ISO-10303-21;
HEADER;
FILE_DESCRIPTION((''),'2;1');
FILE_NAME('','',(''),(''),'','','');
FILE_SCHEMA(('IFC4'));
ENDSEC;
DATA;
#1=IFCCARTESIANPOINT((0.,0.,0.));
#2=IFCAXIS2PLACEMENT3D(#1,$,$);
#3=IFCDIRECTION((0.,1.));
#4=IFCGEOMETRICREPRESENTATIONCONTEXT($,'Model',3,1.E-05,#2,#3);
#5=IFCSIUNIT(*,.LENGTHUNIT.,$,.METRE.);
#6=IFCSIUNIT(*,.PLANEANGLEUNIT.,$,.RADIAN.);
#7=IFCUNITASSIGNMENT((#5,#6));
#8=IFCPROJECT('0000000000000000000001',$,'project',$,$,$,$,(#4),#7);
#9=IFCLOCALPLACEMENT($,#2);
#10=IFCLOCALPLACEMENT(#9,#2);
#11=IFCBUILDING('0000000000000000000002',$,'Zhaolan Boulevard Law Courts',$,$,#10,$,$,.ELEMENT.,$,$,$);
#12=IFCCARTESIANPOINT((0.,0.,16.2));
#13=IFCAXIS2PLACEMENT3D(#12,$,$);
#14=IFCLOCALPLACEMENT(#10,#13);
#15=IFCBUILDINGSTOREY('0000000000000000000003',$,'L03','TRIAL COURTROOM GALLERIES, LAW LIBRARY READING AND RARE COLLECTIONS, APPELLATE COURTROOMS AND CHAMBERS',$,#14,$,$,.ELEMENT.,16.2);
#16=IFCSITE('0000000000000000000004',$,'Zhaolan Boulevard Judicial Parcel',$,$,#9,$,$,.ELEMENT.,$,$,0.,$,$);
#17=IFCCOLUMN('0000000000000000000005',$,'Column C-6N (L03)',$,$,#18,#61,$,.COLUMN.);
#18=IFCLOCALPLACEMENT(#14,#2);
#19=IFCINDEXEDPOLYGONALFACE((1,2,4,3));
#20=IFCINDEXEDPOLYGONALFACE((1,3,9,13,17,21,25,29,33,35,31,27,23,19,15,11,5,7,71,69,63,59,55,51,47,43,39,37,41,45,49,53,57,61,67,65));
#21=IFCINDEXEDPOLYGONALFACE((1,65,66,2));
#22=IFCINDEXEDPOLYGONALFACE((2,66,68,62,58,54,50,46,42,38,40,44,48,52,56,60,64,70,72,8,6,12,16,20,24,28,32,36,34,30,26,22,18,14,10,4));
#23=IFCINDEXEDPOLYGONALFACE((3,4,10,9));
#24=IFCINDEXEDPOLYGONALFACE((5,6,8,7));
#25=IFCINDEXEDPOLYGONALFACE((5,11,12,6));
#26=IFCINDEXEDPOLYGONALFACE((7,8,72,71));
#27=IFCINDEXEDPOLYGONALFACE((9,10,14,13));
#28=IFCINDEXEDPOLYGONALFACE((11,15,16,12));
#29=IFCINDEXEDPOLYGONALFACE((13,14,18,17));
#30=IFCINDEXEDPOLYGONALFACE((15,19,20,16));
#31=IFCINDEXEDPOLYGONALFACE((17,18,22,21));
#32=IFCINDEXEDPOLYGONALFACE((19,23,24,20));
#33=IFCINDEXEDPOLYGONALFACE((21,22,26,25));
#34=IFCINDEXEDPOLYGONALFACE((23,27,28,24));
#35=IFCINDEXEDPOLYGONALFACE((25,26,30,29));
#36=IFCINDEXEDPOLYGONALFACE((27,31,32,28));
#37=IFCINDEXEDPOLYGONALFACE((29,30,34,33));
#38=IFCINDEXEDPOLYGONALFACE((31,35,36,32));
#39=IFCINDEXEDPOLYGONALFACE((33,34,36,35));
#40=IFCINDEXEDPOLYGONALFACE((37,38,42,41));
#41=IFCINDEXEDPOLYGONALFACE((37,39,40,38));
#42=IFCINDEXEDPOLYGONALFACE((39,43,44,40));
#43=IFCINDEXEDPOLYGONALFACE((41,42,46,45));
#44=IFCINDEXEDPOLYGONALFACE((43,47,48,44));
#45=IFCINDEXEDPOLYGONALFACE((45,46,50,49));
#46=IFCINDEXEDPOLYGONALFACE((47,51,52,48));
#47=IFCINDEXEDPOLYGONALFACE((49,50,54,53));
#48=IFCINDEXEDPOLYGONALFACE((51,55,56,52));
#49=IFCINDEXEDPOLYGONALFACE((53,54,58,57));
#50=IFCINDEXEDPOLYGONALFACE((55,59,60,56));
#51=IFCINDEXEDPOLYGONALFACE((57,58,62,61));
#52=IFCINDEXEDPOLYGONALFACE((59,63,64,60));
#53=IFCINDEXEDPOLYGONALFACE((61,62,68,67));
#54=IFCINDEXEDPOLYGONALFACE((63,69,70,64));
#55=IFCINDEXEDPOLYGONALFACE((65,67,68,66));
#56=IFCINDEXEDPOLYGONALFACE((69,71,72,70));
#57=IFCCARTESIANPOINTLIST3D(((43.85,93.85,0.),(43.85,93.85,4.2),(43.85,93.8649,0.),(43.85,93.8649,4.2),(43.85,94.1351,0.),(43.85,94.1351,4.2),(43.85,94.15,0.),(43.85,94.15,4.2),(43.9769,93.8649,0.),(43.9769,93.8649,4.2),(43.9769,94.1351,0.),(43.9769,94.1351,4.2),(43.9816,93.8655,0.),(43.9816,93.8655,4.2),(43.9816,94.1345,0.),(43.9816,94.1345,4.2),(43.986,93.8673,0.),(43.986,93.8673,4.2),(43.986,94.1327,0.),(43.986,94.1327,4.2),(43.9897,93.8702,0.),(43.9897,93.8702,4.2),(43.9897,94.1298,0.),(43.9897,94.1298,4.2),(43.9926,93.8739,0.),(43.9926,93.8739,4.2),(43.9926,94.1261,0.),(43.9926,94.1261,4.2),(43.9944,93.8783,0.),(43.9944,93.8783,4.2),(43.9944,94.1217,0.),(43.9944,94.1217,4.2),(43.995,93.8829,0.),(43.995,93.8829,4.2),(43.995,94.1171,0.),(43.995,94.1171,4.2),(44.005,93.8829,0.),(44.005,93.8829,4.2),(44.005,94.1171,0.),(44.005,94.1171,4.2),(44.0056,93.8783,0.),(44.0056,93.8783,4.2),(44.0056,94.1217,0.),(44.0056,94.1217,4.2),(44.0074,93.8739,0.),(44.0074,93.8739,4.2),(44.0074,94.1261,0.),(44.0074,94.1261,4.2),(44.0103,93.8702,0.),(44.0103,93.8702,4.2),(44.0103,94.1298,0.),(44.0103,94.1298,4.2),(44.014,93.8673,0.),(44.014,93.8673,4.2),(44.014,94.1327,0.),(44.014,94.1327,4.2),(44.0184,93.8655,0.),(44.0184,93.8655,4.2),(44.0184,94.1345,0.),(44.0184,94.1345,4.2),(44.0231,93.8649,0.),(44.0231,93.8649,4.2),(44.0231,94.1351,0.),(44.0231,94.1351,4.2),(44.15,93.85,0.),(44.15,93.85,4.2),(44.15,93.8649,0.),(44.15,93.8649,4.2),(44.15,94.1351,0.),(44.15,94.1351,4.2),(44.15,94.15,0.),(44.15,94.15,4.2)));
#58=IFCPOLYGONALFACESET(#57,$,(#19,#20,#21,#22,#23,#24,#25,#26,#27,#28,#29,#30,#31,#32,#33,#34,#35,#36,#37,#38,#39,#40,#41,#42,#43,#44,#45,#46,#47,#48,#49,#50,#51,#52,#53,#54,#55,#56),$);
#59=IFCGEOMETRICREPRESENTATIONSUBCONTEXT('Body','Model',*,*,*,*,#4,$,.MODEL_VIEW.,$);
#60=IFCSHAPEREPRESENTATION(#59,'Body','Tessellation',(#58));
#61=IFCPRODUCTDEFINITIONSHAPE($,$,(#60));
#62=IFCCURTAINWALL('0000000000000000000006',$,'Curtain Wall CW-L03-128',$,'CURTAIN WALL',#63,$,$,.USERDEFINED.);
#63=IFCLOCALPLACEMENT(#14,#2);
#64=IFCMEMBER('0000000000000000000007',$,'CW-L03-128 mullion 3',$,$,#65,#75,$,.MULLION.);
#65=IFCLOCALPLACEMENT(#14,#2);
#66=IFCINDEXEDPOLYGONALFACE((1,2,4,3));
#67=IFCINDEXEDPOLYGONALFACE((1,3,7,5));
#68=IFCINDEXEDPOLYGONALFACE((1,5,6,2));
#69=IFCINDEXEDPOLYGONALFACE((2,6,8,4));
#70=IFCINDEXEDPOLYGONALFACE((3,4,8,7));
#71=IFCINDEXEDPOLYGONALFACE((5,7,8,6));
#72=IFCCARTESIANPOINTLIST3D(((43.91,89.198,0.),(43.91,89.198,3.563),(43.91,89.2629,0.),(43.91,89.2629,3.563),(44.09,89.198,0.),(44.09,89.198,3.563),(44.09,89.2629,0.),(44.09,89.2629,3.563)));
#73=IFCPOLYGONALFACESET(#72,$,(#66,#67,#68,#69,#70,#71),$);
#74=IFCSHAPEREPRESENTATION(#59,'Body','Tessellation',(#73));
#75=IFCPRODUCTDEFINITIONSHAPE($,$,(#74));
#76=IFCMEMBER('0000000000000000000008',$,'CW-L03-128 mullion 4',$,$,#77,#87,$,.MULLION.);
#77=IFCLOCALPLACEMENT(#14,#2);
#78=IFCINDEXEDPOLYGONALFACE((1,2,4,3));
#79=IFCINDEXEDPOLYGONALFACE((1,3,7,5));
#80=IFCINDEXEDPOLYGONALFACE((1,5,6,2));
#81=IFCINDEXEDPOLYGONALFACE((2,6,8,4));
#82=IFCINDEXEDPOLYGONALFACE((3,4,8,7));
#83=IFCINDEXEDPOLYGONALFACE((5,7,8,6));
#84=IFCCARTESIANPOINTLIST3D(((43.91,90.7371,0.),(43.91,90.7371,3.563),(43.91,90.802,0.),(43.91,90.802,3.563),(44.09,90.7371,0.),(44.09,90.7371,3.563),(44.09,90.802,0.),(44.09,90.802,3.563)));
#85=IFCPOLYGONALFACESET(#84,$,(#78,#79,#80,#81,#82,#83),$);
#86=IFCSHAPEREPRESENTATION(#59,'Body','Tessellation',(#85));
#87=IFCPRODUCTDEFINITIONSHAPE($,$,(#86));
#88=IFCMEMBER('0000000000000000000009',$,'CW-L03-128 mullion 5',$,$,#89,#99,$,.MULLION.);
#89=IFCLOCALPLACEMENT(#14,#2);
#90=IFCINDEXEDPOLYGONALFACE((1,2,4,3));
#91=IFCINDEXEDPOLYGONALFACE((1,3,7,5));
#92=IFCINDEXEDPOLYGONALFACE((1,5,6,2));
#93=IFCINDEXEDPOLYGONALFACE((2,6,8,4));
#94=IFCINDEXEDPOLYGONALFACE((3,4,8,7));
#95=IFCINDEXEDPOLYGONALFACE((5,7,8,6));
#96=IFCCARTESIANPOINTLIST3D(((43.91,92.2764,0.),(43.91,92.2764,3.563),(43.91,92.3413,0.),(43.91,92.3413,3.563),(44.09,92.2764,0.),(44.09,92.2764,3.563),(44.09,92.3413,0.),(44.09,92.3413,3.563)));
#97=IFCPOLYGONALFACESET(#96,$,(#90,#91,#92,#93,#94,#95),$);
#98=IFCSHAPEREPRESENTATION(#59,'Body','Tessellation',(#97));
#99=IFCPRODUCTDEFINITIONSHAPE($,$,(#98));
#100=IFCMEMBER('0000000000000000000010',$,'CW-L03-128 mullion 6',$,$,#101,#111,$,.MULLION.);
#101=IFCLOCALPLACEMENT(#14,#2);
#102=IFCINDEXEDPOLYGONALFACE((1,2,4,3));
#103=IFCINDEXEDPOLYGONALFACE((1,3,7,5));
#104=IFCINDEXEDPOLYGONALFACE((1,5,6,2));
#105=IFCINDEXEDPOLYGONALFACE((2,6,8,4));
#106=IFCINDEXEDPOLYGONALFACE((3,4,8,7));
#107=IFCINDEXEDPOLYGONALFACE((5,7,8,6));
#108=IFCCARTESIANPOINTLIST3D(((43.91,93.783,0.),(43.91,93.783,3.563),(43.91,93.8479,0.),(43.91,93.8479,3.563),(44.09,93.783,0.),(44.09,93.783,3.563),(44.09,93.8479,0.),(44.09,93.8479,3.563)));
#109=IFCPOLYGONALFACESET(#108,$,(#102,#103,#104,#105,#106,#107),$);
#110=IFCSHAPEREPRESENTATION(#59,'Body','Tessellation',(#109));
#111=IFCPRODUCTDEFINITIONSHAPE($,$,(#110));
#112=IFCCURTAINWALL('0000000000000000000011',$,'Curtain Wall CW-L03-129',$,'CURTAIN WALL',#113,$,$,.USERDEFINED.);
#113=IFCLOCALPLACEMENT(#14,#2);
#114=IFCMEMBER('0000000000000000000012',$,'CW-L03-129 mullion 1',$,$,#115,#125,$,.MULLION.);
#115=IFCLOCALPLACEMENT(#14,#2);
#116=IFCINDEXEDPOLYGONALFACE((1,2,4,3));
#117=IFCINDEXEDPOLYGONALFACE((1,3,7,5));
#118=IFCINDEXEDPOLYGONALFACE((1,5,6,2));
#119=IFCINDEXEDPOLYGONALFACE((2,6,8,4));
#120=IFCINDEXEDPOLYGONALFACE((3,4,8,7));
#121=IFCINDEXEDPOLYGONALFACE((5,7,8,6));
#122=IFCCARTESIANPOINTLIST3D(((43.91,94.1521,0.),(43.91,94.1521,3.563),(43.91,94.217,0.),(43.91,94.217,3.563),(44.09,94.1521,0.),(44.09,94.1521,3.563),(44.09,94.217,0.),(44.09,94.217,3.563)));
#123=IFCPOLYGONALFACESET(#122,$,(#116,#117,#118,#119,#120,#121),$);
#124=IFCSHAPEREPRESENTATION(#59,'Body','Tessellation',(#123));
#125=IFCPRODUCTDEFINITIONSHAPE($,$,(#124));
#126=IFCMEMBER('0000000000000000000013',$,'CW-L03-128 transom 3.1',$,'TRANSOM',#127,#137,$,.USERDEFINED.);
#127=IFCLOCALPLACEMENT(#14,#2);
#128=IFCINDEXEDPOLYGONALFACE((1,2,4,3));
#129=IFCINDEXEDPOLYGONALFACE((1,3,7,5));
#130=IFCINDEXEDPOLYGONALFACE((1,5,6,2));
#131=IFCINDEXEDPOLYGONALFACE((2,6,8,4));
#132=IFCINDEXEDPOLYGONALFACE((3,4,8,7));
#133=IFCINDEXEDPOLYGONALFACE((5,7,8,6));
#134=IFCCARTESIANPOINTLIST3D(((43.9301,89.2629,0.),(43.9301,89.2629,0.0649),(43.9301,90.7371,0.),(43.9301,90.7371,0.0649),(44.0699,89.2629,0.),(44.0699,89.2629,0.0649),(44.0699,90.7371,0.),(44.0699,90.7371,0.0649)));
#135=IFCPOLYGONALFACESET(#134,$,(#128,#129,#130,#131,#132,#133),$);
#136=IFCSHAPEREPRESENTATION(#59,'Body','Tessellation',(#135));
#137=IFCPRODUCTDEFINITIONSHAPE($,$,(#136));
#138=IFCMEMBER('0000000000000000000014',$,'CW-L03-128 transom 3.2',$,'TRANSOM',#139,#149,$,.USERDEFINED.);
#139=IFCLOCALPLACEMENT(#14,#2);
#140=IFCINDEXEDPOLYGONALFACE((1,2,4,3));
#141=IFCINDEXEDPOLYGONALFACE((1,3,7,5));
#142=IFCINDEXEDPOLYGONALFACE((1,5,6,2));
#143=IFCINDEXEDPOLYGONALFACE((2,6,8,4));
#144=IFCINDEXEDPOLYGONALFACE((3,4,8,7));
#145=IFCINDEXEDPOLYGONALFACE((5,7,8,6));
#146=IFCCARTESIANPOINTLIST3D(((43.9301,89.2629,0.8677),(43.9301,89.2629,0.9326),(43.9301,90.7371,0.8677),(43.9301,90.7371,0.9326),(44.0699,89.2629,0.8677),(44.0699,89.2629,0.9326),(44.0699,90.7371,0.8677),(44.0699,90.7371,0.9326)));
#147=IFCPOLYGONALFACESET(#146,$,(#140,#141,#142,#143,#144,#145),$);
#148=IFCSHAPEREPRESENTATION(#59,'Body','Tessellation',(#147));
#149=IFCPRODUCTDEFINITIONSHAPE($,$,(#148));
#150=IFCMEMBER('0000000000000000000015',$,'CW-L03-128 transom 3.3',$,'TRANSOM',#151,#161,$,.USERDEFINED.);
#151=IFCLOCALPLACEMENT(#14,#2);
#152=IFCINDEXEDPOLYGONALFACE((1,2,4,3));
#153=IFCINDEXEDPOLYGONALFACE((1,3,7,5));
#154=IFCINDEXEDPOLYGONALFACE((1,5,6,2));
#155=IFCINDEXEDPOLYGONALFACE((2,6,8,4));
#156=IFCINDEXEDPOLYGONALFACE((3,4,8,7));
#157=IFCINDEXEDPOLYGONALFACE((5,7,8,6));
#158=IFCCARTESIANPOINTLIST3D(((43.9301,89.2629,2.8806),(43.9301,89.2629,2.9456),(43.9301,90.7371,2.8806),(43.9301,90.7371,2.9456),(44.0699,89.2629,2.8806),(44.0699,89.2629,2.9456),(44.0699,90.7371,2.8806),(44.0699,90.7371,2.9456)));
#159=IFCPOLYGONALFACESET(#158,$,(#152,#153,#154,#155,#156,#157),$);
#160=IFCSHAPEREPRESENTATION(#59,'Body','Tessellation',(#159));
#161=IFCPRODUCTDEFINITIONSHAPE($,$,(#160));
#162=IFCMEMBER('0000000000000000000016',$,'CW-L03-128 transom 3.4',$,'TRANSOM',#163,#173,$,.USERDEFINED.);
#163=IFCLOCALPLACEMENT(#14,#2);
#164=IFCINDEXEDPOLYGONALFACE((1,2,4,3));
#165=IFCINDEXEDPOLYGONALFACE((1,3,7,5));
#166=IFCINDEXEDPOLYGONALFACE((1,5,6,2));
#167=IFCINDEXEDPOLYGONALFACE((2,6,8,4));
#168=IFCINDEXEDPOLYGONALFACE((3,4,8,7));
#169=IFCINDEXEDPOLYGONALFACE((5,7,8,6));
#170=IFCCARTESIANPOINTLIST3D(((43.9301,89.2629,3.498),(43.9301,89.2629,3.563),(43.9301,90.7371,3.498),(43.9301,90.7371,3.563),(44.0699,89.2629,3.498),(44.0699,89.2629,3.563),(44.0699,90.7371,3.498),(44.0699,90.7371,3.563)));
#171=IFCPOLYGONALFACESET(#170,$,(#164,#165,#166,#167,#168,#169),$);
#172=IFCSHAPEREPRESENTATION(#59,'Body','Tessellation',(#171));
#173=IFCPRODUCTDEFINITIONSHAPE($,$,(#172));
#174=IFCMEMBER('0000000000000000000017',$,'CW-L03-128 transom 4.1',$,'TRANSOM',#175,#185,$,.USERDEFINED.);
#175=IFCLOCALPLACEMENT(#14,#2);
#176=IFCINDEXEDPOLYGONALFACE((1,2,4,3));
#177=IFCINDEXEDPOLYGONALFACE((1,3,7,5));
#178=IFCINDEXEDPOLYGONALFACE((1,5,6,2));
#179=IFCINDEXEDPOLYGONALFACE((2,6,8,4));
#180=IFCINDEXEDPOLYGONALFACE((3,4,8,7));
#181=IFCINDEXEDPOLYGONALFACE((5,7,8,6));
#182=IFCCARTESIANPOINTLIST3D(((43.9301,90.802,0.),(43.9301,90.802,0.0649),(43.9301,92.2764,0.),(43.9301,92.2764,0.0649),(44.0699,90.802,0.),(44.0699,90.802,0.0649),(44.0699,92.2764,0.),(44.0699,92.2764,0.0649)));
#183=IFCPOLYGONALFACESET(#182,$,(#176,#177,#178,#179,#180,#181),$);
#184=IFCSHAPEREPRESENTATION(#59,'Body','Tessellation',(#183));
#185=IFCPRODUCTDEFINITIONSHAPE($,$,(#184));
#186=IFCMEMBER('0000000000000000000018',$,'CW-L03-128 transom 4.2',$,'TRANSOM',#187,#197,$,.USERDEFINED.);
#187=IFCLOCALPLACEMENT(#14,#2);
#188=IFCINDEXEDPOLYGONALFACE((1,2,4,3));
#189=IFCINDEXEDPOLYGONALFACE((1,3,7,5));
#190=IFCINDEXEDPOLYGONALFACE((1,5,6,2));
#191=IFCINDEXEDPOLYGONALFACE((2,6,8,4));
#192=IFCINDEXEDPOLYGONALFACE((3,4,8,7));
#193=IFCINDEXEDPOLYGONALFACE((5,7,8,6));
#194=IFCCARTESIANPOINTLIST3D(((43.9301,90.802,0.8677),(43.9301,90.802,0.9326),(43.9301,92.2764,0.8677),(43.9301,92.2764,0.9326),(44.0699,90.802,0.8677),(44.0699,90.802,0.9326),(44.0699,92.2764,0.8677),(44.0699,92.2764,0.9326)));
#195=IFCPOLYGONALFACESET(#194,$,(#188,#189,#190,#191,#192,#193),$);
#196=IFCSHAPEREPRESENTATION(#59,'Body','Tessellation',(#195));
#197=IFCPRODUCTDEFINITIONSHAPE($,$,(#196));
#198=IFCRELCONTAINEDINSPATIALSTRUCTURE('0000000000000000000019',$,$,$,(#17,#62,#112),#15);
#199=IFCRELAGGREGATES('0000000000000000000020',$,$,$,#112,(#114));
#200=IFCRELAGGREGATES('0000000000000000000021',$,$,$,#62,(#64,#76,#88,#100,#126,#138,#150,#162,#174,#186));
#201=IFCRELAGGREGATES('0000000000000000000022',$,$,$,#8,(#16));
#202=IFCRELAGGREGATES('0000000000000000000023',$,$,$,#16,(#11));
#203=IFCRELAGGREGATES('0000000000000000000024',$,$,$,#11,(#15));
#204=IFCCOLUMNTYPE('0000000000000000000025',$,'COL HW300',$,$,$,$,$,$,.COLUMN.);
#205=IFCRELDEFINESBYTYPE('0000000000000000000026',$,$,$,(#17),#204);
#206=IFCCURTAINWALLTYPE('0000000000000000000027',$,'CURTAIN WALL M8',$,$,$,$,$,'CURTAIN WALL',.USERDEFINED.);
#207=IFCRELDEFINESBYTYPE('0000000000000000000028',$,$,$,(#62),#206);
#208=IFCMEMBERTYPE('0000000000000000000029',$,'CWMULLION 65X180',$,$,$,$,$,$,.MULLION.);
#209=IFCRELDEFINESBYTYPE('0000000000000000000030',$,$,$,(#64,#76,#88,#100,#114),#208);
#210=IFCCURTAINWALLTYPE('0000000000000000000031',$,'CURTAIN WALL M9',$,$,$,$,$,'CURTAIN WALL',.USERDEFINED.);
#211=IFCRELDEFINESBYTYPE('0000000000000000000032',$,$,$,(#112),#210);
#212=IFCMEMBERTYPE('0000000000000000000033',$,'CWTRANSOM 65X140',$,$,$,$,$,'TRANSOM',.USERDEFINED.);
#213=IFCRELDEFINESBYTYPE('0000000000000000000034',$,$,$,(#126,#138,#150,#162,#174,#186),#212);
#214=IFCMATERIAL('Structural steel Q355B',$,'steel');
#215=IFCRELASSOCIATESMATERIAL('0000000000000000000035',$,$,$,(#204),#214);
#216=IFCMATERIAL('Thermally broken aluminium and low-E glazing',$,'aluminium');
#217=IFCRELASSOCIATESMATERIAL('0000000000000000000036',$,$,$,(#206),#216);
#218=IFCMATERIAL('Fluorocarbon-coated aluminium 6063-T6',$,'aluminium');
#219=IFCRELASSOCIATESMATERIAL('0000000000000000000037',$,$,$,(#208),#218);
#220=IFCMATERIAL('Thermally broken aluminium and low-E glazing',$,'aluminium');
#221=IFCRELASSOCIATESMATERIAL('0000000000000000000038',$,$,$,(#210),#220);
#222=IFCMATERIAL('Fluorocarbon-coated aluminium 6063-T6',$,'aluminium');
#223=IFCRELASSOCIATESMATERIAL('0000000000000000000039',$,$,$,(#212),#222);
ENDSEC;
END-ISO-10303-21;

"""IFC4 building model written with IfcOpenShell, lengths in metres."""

from ifc_helpers import new_model, si_unit, direction, frame, origin, origin_2d, place, context, subcontext, project, spatial, rectangle, i_section, extrude, material, material_profile, profile_set, type_object, element, aggregate, save


model = new_model("IFC4")

# Units and contexts
model_context = context("Model", 3, precision=1e-05, world=origin(), true_north=direction((0.0, 1.0)))
body_context = subcontext(model_context, "Body", "Model", "MODEL_VIEW")
ifc_project = project(units=[si_unit("LENGTHUNIT", "METRE"), si_unit("PLANEANGLEUNIT", "RADIAN")], contexts=[model_context])

# Site, building, storey
site_placement = place(None, origin())
site = spatial("IfcSite", under=ifc_project, at=site_placement, Name="Zhaolan Boulevard Judicial Parcel", CompositionType="ELEMENT", RefElevation=0.0)
building_placement = place(site_placement, origin())
building = spatial("IfcBuilding", under=site, at=building_placement, Name="Zhaolan Boulevard Law Courts", CompositionType="ELEMENT")
storey_placement = place(building_placement, frame((0.0, 0.0, 16.2)))
storey = spatial("IfcBuildingStorey", under=building, at=storey_placement, Name="L03", Description="TRIAL COURTROOM GALLERIES, LAW LIBRARY READING AND RARE COLLECTIONS, APPELLATE COURTROOMS AND CHAMBERS", CompositionType="ELEMENT", Elevation=16.2)

# Column
ifc_material_1 = material(Name="Structural steel Q355B", Category="steel")
ifc_material_profile_1 = material_profile(ifc_material_1, i_section(OverallWidth=0.3, OverallDepth=0.3, WebThickness=0.01, FlangeThickness=0.0149, FilletRadius=0.0181, at=origin_2d()), Name="HW300x300")
ifc_profile_set_1 = profile_set([ifc_material_profile_1], Name="Structural steel Q355B")
column_type = type_object("IfcColumnType", Name="COL HW300", PredefinedType="COLUMN", material=ifc_profile_set_1)
column_placement = place(storey_placement, frame((44.0, 94.0, 0.0), z_axis=(0.0, 0.0, 1.0), x_axis=(1.0, 0.0, 0.0)))
element("IfcColumn", 1, at=column_placement, inside=storey, type_object=column_type, Name="Column C-6N (L03)", PredefinedType="COLUMN", context=body_context, shape_type="SweptSolid", body=[
    extrude(i_section(OverallWidth=0.3, OverallDepth=0.3, WebThickness=0.01, FlangeThickness=0.0149, FilletRadius=0.0181, at=origin_2d()), origin(), (0.0, 0.0, 1.0), 4.2),
])

# Curtain wall, members
ifc_material_2 = material(Name="Thermally broken aluminium and low-E glazing", Category="aluminium")
curtain_wall_type_1 = type_object("IfcCurtainWallType", Name="CURTAIN WALL M8", ElementType="CURTAIN WALL", PredefinedType="USERDEFINED", material=ifc_material_2)
curtain_wall_1_placement = place(storey_placement, origin())
curtain_wall_1 = element("IfcCurtainWall", 2, at=curtain_wall_1_placement, inside=storey, type_object=curtain_wall_type_1, Name="Curtain Wall CW-L03-128", ObjectType="CURTAIN WALL", PredefinedType="USERDEFINED")
ifc_material_3 = material(Name="Fluorocarbon-coated aluminium 6063-T6", Category="aluminium")
ifc_material_profile_2 = material_profile(ifc_material_3, rectangle(XDim=0.1799, YDim=0.0649, at=origin_2d()), Name="AL65x180")
ifc_profile_set_2 = profile_set([ifc_material_profile_2], Name="Fluorocarbon-coated aluminium 6063-T6")
member_type_1 = type_object("IfcMemberType", Name="CWMULLION 65X180", PredefinedType="MULLION", material=ifc_profile_set_2)
member_1_placement = place(storey_placement, frame((44.0, 89.2305, 0.0), z_axis=(0.0, 0.0, 1.0), x_axis=(-1.0, 0.0, 0.0)))
member_1 = element("IfcMember", 3, at=member_1_placement, type_object=member_type_1, Name="CW-L03-128 mullion 3", PredefinedType="MULLION", context=body_context, shape_type="SweptSolid", body=[
    extrude(rectangle(XDim=0.1799, YDim=0.0649, at=origin_2d()), origin(), (0.0, 0.0, 1.0), 3.563),
])
member_2_placement = place(storey_placement, frame((44.0, 90.7695, 0.0), z_axis=(0.0, 0.0, 1.0), x_axis=(-1.0, 0.0, 0.0)))
member_2 = element("IfcMember", 4, at=member_2_placement, type_object=member_type_1, Name="CW-L03-128 mullion 4", PredefinedType="MULLION", context=body_context, shape_type="SweptSolid", body=[
    extrude(rectangle(XDim=0.1799, YDim=0.0649, at=origin_2d()), origin(), (0.0, 0.0, 1.0), 3.563),
])
member_3_placement = place(storey_placement, frame((44.0, 92.3088, 0.0), z_axis=(0.0, 0.0, 1.0), x_axis=(-1.0, 0.0, 0.0)))
member_3 = element("IfcMember", 5, at=member_3_placement, type_object=member_type_1, Name="CW-L03-128 mullion 5", PredefinedType="MULLION", context=body_context, shape_type="SweptSolid", body=[
    extrude(rectangle(XDim=0.1799, YDim=0.0649, at=origin_2d()), origin(), (0.0, 0.0, 1.0), 3.563),
])
member_4_placement = place(storey_placement, frame((44.0, 93.8154, 0.0), z_axis=(0.0, 0.0, 1.0), x_axis=(-1.0, 0.0, 0.0)))
member_4 = element("IfcMember", 6, at=member_4_placement, type_object=member_type_1, Name="CW-L03-128 mullion 6", PredefinedType="MULLION", context=body_context, shape_type="SweptSolid", body=[
    extrude(rectangle(XDim=0.1799, YDim=0.0649, at=origin_2d()), origin(), (0.0, 0.0, 1.0), 3.563),
])

# Curtain wall, member
ifc_material_4 = material(Name="Thermally broken aluminium and low-E glazing", Category="aluminium")
curtain_wall_type_2 = type_object("IfcCurtainWallType", Name="CURTAIN WALL M9", ElementType="CURTAIN WALL", PredefinedType="USERDEFINED", material=ifc_material_4)
curtain_wall_2_placement = place(storey_placement, origin())
curtain_wall_2 = element("IfcCurtainWall", 7, at=curtain_wall_2_placement, inside=storey, type_object=curtain_wall_type_2, Name="Curtain Wall CW-L03-129", ObjectType="CURTAIN WALL", PredefinedType="USERDEFINED")
member_5_placement = place(storey_placement, frame((44.0, 94.1846, 0.0), z_axis=(0.0, 0.0, 1.0), x_axis=(-1.0, 0.0, 0.0)))
member_5 = element("IfcMember", 8, at=member_5_placement, type_object=member_type_1, Name="CW-L03-129 mullion 1", PredefinedType="MULLION", context=body_context, shape_type="SweptSolid", body=[
    extrude(rectangle(XDim=0.1799, YDim=0.0649, at=origin_2d()), origin(), (0.0, 0.0, 1.0), 3.563),
])

# Members
ifc_material_5 = material(Name="Fluorocarbon-coated aluminium 6063-T6", Category="aluminium")
ifc_material_profile_3 = material_profile(ifc_material_5, rectangle(XDim=0.1399, YDim=0.0649, at=origin_2d()), Name="AL65x140")
ifc_profile_set_3 = profile_set([ifc_material_profile_3], Name="Fluorocarbon-coated aluminium 6063-T6")
member_type_2 = type_object("IfcMemberType", Name="CWTRANSOM 65X140", ElementType="TRANSOM", PredefinedType="USERDEFINED", material=ifc_profile_set_3)
member_6_placement = place(storey_placement, frame((44.0, 89.2629, 0.0325), z_axis=(0.0, 1.0, 0.0), x_axis=(-1.0, 0.0, 0.0)))
member_6 = element("IfcMember", 9, at=member_6_placement, type_object=member_type_2, Name="CW-L03-128 transom 3.1", ObjectType="TRANSOM", PredefinedType="USERDEFINED", context=body_context, shape_type="SweptSolid", body=[
    extrude(rectangle(XDim=0.1399, YDim=0.0649, at=origin_2d()), origin(), (0.0, 0.0, 1.0), 1.4741),
])
member_7_placement = place(storey_placement, frame((44.0, 89.2629, 0.9001), z_axis=(0.0, 1.0, 0.0), x_axis=(-1.0, 0.0, 0.0)))
member_7 = element("IfcMember", 10, at=member_7_placement, type_object=member_type_2, Name="CW-L03-128 transom 3.2", ObjectType="TRANSOM", PredefinedType="USERDEFINED", context=body_context, shape_type="SweptSolid", body=[
    extrude(rectangle(XDim=0.1399, YDim=0.0649, at=origin_2d()), origin(), (0.0, 0.0, 1.0), 1.4741),
])
member_8_placement = place(storey_placement, frame((44.0, 89.2629, 2.9131), z_axis=(0.0, 1.0, 0.0), x_axis=(-1.0, 0.0, 0.0)))
member_8 = element("IfcMember", 11, at=member_8_placement, type_object=member_type_2, Name="CW-L03-128 transom 3.3", ObjectType="TRANSOM", PredefinedType="USERDEFINED", context=body_context, shape_type="SweptSolid", body=[
    extrude(rectangle(XDim=0.1399, YDim=0.0649, at=origin_2d()), origin(), (0.0, 0.0, 1.0), 1.4741),
])
member_9_placement = place(storey_placement, frame((44.0, 89.2629, 3.5305), z_axis=(0.0, 1.0, 0.0), x_axis=(-1.0, 0.0, 0.0)))
member_9 = element("IfcMember", 12, at=member_9_placement, type_object=member_type_2, Name="CW-L03-128 transom 3.4", ObjectType="TRANSOM", PredefinedType="USERDEFINED", context=body_context, shape_type="SweptSolid", body=[
    extrude(rectangle(XDim=0.1399, YDim=0.0649, at=origin_2d()), origin(), (0.0, 0.0, 1.0), 1.4741),
])
member_10_placement = place(storey_placement, frame((44.0, 90.802, 0.0325), z_axis=(0.0, 1.0, 0.0), x_axis=(-1.0, 0.0, 0.0)))
member_10 = element("IfcMember", 13, at=member_10_placement, type_object=member_type_2, Name="CW-L03-128 transom 4.1", ObjectType="TRANSOM", PredefinedType="USERDEFINED", context=body_context, shape_type="SweptSolid", body=[
    extrude(rectangle(XDim=0.1399, YDim=0.0649, at=origin_2d()), origin(), (0.0, 0.0, 1.0), 1.4744),
])
member_11_placement = place(storey_placement, frame((44.0, 90.802, 0.9001), z_axis=(0.0, 1.0, 0.0), x_axis=(-1.0, 0.0, 0.0)))
member_11 = element("IfcMember", 14, at=member_11_placement, type_object=member_type_2, Name="CW-L03-128 transom 4.2", ObjectType="TRANSOM", PredefinedType="USERDEFINED", context=body_context, shape_type="SweptSolid", body=[
    extrude(rectangle(XDim=0.1399, YDim=0.0649, at=origin_2d()), origin(), (0.0, 0.0, 1.0), 1.4744),
])
aggregate(curtain_wall_2, [member_5])

aggregate(curtain_wall_1, [member_1, member_2, member_3, member_4, member_6, member_7, member_8, member_9, member_10, member_11])

save(model, "model.ifc")
